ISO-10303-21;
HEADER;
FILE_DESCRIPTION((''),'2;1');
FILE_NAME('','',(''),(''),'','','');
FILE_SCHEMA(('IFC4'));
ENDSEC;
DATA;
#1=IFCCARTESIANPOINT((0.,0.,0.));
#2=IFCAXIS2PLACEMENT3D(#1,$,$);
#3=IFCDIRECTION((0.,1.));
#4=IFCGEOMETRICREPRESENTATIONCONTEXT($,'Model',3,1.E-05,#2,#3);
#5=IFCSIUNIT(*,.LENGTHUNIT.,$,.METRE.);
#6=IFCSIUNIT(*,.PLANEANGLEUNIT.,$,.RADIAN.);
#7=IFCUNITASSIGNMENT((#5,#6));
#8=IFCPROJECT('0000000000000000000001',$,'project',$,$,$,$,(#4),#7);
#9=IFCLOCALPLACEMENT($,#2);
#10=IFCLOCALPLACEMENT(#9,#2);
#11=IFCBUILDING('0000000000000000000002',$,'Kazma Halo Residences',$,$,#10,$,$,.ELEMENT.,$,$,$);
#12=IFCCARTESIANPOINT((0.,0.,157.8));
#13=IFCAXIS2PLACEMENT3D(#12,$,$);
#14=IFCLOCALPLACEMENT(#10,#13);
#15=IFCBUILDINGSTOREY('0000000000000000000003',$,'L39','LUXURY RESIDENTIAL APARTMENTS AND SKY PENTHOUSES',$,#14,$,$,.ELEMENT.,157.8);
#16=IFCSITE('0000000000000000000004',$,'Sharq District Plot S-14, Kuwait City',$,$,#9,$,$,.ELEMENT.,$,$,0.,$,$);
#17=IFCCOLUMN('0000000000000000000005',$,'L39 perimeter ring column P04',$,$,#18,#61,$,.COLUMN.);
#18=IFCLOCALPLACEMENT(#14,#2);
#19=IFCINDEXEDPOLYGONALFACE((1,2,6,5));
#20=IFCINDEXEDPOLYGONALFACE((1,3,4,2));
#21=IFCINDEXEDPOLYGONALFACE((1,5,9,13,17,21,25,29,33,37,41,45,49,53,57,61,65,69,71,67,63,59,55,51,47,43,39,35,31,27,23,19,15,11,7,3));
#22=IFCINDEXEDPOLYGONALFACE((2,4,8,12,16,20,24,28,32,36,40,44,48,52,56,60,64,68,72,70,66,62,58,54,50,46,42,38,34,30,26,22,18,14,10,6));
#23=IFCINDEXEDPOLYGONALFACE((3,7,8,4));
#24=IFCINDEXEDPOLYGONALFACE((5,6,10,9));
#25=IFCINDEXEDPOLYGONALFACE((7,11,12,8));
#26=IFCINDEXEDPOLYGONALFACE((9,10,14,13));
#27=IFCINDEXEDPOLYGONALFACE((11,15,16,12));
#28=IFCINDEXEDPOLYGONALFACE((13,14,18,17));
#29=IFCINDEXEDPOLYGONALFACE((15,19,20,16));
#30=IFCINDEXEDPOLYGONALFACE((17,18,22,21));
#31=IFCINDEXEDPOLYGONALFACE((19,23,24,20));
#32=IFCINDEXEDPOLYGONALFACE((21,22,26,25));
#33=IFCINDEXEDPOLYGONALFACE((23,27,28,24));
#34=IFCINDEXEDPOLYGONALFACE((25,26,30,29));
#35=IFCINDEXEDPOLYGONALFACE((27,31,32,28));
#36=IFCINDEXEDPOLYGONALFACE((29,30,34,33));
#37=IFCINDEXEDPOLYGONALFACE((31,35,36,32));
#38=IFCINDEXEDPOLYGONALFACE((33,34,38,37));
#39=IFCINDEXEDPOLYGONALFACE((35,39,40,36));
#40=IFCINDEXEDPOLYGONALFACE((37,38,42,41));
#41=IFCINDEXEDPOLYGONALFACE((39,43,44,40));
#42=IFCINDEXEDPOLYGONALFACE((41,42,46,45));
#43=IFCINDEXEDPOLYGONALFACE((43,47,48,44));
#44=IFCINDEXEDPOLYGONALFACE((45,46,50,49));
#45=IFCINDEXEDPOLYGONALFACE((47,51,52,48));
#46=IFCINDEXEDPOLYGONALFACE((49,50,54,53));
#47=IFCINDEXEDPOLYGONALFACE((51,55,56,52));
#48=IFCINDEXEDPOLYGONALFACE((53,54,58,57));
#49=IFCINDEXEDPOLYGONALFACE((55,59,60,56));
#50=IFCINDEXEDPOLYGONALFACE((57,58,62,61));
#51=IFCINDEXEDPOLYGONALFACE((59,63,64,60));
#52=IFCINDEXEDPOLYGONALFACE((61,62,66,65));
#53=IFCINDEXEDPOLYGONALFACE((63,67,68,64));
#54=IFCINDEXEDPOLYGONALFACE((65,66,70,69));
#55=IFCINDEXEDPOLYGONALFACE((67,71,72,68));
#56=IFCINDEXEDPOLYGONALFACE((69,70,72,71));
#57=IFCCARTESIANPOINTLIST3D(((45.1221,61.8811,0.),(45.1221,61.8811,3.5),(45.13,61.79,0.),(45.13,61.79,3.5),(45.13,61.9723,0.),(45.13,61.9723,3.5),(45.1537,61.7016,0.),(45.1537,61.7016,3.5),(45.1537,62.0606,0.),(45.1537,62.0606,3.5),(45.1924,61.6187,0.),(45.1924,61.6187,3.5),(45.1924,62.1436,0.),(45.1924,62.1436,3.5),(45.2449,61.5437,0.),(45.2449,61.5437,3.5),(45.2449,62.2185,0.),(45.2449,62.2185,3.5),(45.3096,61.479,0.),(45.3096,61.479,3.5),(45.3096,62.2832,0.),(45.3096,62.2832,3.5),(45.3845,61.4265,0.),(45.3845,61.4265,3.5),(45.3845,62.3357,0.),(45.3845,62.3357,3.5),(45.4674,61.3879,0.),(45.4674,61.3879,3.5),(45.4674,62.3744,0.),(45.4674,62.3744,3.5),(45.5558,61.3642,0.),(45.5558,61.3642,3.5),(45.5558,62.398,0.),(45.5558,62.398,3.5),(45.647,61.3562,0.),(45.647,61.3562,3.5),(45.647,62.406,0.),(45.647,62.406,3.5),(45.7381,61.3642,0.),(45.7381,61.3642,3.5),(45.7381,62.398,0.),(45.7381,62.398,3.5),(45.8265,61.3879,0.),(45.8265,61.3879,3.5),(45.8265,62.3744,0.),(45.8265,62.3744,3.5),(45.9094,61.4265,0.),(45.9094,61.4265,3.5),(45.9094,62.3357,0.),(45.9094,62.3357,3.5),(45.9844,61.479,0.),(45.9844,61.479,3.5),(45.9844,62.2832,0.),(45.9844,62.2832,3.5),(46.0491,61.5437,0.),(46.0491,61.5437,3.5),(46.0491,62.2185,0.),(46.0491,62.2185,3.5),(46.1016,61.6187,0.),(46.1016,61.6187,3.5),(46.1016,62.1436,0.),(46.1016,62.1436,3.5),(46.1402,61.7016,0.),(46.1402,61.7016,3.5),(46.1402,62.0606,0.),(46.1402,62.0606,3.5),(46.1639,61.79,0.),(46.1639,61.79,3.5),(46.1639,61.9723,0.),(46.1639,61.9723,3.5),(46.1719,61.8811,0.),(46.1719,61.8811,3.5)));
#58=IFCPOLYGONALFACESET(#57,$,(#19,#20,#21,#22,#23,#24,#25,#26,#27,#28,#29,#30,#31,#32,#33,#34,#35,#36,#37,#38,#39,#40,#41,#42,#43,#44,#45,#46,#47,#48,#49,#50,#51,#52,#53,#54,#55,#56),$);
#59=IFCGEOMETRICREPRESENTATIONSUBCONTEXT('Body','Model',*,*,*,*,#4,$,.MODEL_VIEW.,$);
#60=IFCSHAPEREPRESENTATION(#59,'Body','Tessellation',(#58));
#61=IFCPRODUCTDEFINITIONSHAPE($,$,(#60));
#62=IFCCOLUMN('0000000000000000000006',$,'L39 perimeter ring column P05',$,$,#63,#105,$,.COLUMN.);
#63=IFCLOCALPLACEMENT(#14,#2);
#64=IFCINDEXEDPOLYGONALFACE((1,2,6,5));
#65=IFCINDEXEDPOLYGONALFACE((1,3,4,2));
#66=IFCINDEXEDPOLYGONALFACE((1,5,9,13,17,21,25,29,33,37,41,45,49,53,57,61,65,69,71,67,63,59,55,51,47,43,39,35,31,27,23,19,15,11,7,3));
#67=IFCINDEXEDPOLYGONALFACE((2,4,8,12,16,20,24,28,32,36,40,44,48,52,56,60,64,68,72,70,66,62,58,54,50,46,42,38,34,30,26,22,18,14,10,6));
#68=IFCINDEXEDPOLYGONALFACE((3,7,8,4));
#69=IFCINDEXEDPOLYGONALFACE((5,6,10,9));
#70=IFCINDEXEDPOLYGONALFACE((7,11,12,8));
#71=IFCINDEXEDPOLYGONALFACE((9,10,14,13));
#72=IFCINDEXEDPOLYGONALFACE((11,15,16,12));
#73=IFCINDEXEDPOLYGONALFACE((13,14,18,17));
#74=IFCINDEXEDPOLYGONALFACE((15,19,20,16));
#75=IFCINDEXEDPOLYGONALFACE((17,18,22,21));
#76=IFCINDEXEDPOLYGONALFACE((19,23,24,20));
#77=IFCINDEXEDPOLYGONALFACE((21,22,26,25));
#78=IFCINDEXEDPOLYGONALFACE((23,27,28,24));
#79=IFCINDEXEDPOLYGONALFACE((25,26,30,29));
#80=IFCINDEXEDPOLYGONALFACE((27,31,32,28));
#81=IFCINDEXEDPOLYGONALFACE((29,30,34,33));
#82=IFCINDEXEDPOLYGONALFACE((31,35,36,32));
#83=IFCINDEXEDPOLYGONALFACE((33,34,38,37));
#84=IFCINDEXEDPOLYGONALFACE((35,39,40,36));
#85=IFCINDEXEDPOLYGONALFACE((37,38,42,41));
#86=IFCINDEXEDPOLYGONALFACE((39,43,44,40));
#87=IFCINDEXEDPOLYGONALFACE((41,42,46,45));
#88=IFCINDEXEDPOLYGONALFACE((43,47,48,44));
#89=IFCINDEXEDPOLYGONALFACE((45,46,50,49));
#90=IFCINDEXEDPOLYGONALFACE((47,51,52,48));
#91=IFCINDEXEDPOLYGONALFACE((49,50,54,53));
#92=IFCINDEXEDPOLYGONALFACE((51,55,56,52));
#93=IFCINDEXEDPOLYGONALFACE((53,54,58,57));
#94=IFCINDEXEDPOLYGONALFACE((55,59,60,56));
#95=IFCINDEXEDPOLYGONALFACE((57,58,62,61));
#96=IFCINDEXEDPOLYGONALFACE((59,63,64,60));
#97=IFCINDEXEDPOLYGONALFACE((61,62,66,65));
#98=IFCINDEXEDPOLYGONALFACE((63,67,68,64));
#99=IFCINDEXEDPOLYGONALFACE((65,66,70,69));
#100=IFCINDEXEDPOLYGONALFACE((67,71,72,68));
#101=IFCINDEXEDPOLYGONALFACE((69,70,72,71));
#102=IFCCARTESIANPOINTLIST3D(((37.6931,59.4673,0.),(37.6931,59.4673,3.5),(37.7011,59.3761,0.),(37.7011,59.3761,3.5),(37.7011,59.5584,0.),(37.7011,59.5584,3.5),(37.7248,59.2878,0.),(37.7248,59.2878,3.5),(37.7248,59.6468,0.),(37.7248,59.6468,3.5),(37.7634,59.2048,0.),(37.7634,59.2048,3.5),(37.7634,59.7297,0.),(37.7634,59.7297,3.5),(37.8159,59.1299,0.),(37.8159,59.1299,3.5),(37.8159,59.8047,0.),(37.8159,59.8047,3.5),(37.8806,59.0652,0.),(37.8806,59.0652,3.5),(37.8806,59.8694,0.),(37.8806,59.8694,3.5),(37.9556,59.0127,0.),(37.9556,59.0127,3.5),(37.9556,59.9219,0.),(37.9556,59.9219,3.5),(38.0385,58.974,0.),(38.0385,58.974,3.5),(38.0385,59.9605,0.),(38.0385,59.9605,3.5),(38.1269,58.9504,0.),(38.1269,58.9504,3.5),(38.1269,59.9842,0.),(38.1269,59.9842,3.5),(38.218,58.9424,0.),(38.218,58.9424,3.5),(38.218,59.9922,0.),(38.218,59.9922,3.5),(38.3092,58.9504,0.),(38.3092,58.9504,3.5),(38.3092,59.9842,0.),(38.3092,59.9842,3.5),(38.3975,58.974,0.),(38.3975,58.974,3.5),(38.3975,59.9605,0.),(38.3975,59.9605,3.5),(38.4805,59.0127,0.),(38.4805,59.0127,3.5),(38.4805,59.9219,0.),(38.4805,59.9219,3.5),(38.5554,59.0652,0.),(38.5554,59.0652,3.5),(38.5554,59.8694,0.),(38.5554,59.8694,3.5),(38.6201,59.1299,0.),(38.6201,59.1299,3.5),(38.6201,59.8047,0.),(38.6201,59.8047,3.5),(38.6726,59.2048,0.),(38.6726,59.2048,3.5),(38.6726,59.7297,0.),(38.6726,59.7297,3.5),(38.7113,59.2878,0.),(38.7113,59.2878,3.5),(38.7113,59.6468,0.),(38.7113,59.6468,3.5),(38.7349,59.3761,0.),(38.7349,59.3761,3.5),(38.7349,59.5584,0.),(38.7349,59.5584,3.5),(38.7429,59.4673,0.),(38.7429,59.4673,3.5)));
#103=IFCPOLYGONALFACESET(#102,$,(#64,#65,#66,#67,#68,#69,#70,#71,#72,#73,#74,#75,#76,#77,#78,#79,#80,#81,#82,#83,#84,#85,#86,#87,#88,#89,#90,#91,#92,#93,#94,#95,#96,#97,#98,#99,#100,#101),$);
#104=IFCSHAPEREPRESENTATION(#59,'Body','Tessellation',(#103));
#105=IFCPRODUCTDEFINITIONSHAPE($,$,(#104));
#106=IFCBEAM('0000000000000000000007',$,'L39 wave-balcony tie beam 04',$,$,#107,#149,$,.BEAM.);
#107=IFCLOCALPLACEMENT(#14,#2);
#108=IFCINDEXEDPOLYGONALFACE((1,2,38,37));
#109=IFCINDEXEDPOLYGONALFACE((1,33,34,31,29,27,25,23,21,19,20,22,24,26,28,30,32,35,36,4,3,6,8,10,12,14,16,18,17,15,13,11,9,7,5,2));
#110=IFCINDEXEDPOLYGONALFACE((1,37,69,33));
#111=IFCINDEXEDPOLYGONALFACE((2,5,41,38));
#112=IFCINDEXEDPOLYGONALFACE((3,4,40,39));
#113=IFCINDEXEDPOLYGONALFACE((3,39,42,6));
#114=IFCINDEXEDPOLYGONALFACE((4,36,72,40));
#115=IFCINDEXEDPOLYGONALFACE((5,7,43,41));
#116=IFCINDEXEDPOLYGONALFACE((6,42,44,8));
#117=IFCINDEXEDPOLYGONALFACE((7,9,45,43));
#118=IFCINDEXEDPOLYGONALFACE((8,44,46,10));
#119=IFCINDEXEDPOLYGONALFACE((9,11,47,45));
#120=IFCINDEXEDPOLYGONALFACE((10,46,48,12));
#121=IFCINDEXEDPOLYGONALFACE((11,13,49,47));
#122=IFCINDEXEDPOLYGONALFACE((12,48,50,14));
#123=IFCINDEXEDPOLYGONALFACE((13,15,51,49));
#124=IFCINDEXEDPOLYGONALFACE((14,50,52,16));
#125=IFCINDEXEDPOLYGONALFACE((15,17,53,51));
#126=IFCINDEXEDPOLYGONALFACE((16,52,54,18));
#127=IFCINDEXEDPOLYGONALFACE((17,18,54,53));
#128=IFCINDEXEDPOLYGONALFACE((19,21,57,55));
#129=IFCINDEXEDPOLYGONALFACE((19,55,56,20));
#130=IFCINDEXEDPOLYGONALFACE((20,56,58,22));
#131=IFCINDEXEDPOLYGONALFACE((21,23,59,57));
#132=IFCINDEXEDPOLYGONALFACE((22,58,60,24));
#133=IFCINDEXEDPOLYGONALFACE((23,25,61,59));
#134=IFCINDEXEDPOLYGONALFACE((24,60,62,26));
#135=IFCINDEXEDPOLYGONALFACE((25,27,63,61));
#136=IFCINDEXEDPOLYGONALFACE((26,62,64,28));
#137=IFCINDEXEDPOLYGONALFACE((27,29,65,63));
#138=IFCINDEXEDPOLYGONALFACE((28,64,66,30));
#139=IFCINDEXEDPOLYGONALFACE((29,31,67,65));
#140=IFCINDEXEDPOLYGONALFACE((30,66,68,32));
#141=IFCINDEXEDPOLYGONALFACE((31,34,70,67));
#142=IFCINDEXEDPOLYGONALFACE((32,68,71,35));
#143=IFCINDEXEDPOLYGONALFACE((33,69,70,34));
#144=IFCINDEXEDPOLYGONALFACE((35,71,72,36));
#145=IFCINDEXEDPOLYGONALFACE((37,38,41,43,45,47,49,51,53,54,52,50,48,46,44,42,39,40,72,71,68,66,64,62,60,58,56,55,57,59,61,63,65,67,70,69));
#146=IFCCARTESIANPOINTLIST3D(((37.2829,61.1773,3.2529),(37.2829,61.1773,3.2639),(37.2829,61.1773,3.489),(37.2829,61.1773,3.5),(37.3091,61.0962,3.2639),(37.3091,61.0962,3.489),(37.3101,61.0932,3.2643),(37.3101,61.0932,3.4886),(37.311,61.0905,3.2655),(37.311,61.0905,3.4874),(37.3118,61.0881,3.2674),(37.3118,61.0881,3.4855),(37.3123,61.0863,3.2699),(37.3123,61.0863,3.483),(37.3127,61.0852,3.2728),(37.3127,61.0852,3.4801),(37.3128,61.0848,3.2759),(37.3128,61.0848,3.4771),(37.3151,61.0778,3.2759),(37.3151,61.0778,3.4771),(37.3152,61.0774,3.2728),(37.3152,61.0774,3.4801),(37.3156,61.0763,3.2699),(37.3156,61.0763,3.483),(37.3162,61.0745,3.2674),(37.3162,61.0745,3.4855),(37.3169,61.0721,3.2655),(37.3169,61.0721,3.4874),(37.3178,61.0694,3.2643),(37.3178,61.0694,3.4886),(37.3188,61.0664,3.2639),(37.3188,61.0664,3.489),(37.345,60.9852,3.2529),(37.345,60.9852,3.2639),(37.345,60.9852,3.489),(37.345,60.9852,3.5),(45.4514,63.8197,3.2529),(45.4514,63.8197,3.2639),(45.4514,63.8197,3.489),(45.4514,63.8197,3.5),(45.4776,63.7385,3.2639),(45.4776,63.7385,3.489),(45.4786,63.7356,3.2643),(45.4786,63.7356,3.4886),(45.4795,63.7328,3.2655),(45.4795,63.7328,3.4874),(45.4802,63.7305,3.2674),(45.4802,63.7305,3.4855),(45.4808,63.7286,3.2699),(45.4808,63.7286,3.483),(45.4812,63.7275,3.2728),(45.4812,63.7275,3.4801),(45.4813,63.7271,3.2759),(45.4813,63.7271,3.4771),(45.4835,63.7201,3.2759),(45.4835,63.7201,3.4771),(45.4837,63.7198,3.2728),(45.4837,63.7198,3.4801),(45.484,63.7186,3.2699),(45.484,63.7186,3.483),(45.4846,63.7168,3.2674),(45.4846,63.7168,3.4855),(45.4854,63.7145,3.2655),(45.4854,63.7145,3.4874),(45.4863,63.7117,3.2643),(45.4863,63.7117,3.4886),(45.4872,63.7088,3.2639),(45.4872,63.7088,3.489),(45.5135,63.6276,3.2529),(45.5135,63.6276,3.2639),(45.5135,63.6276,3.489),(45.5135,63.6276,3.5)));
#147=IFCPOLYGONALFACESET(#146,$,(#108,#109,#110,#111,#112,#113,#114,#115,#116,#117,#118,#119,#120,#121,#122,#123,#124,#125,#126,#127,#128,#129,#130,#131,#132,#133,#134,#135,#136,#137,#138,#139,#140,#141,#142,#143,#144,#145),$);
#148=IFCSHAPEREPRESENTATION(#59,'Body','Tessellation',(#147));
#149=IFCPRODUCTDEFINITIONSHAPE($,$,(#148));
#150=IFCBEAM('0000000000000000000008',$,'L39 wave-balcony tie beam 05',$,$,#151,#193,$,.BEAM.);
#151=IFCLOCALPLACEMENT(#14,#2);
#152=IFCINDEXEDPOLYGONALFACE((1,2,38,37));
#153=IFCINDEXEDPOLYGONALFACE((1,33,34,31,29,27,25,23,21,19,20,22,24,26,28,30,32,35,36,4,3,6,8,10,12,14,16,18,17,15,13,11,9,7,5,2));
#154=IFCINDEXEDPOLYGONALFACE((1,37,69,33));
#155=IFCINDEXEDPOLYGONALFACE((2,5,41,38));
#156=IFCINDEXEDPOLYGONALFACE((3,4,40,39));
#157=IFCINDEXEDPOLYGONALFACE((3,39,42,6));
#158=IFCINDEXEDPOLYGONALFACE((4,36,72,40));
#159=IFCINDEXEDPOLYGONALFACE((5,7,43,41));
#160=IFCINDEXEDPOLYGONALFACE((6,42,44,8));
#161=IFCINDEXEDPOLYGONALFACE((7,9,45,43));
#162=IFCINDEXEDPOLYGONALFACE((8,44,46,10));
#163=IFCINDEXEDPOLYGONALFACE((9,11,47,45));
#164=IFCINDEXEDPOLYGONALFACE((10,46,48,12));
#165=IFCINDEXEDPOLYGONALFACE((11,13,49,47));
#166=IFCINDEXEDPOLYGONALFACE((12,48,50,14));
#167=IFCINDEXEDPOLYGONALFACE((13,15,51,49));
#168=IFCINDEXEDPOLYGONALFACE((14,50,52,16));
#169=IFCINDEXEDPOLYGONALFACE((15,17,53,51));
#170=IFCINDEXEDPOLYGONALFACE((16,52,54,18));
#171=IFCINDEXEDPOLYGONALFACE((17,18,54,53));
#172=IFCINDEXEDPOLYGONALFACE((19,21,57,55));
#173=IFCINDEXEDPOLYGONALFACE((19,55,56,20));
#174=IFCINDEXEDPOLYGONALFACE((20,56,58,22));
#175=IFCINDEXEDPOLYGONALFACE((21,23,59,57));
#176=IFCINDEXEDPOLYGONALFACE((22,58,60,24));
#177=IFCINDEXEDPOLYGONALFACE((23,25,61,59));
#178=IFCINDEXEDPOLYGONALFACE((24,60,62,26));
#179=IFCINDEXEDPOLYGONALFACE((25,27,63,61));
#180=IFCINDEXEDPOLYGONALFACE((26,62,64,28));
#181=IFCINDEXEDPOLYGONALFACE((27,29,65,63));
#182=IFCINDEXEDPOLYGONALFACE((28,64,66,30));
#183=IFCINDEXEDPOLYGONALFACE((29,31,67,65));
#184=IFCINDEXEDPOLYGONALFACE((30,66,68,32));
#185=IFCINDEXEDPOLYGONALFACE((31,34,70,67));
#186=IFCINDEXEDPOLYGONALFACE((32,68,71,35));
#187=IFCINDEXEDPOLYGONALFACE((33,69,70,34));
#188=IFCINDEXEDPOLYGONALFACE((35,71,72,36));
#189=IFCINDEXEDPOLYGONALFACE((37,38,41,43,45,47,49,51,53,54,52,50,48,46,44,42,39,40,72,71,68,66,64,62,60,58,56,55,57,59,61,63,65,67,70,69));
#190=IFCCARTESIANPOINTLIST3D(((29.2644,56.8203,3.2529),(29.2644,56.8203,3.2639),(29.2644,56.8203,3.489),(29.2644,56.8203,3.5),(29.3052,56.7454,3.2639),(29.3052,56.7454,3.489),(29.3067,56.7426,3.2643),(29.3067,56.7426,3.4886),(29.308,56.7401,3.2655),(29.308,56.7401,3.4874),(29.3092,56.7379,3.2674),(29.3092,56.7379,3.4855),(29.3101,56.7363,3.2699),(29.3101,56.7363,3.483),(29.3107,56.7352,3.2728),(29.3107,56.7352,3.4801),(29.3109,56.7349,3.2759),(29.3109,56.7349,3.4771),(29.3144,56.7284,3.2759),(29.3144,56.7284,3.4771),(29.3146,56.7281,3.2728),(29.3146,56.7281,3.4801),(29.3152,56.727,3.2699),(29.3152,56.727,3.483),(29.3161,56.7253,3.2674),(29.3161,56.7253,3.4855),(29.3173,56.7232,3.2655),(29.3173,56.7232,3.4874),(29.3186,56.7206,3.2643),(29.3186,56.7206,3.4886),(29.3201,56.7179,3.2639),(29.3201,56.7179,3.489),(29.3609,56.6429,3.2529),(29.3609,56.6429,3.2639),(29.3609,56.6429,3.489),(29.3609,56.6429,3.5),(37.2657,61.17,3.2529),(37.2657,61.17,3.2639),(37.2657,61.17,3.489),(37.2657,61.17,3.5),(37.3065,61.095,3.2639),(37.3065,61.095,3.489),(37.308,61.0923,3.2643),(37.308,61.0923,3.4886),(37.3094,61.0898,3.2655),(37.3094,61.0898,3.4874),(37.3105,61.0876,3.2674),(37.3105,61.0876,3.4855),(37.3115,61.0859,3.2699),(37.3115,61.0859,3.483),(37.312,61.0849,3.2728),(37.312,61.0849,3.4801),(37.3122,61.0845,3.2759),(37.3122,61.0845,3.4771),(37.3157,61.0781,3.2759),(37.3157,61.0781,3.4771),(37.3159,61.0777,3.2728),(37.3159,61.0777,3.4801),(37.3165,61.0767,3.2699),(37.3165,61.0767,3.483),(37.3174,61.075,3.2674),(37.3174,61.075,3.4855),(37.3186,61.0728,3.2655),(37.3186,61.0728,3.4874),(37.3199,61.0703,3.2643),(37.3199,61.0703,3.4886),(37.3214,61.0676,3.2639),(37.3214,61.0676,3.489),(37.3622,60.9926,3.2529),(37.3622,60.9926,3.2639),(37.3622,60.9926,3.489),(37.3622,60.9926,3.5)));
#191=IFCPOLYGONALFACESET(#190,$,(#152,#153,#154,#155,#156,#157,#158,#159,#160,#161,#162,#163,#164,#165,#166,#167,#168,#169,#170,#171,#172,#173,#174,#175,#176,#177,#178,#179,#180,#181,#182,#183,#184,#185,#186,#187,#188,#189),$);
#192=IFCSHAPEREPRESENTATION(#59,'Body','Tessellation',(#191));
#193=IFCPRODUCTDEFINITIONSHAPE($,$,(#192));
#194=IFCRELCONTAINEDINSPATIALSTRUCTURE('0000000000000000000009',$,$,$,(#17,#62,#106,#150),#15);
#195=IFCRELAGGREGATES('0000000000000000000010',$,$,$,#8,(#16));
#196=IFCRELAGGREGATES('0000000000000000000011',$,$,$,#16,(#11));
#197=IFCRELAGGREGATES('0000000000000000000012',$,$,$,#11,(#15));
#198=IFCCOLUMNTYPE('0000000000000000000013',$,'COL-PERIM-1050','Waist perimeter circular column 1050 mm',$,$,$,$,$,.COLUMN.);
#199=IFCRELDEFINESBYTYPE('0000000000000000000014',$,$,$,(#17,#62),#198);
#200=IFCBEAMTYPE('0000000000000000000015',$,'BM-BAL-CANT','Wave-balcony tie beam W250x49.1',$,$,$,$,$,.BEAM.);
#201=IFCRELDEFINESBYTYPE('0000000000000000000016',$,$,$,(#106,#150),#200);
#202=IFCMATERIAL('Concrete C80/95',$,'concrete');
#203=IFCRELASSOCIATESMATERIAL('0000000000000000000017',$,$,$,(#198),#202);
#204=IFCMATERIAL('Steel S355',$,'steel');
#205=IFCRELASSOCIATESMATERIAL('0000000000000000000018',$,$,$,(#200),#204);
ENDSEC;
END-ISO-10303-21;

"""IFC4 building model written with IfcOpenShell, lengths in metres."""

from ifc_helpers import new_model, si_unit, direction, frame, origin, origin_2d, place, context, subcontext, project, spatial, circle, i_section, extrude, material, material_profile, profile_set, type_object, element, save


model = new_model("IFC4")

# Units and contexts
model_context = context("Model", 3, precision=1e-05, world=origin(), true_north=direction((0.0, 1.0)))
body_context = subcontext(model_context, "Body", "Model", "MODEL_VIEW")
ifc_project = project(units=[si_unit("LENGTHUNIT", "METRE"), si_unit("PLANEANGLEUNIT", "RADIAN")], contexts=[model_context])

# Site, building, storey
site_placement = place(None, origin())
site = spatial("IfcSite", under=ifc_project, at=site_placement, Name="Sharq District Plot S-14, Kuwait City", CompositionType="ELEMENT", RefElevation=0.0)
building_placement = place(site_placement, origin())
building = spatial("IfcBuilding", under=site, at=building_placement, Name="Kazma Halo Residences", CompositionType="ELEMENT")
storey_placement = place(building_placement, frame((0.0, 0.0, 157.8)))
storey = spatial("IfcBuildingStorey", under=building, at=storey_placement, Name="L39", Description="LUXURY RESIDENTIAL APARTMENTS AND SKY PENTHOUSES", CompositionType="ELEMENT", Elevation=157.8)

# Columns
ifc_material_1 = material(Name="Concrete C80/95", Category="concrete")
ifc_material_profile_1 = material_profile(ifc_material_1, circle(Radius=0.5249, at=origin_2d()), Name="CIRC1050")
ifc_profile_set_1 = profile_set([ifc_material_profile_1], Name="Concrete C80/95")
column_type = type_object("IfcColumnType", Name="COL-PERIM-1050", Description="Waist perimeter circular column 1050 mm", PredefinedType="COLUMN", material=ifc_profile_set_1)
for number, where, z_axis, x_axis, name in (
    (1, (45.647, 61.8811, 0.0), (0.0, 0.0, 1.0), (1.0, 0.0, 0.0), "L39 perimeter ring column P04"),
    (2, (38.218, 59.4673, 0.0), (0.0, 0.0, 1.0), (1.0, 0.0, 0.0), "L39 perimeter ring column P05"),
):
    element("IfcColumn", number, at=place(storey_placement, frame(where, z_axis=z_axis, x_axis=x_axis)), inside=storey, type_object=column_type, Name=name, PredefinedType="COLUMN", context=body_context, shape_type="SweptSolid", body=[
        extrude(circle(Radius=0.5249, at=origin_2d()), origin(), (0.0, 0.0, 1.0), 3.5),
    ])

# Beams
ifc_material_2 = material(Name="Steel S355", Category="steel")
ifc_material_profile_2 = material_profile(ifc_material_2, i_section(OverallWidth=0.2019, OverallDepth=0.2471, WebThickness=0.0073, FlangeThickness=0.011, FilletRadius=0.012, at=origin_2d()), Name="W250x49.1")
ifc_profile_set_2 = profile_set([ifc_material_profile_2], Name="Steel S355")
beam_type_1 = type_object("IfcBeamType", Name="BM-BAL-CANT", Description="Wave-balcony tie beam W250x49.1", PredefinedType="BEAM", material=ifc_profile_set_2)
beam_1_placement = place(storey_placement, frame((45.4824, 63.7236, 3.3765), z_axis=(-0.951458, -0.307778, 0.0), x_axis=(0.307778, -0.951458, 0.0)))
element("IfcBeam", 3, at=beam_1_placement, inside=storey, type_object=beam_type_1, Name="L39 wave-balcony tie beam 04", PredefinedType="BEAM", context=body_context, shape_type="SweptSolid", body=[
    extrude(i_section(OverallWidth=0.2019, OverallDepth=0.2471, WebThickness=0.0073, FlangeThickness=0.011, FilletRadius=0.012, at=origin_2d()), origin(), (0.0, 0.0, 1.0), 8.5852),
])
beam_2_placement = place(storey_placement, frame((37.314, 61.0813, 3.3765), z_axis=(-0.878573, -0.477608, 0.0), x_axis=(0.477608, -0.878573, 0.0)))
element("IfcBeam", 4, at=beam_2_placement, inside=storey, type_object=beam_type_1, Name="L39 wave-balcony tie beam 05", PredefinedType="BEAM", context=body_context, shape_type="SweptSolid", body=[
    extrude(i_section(OverallWidth=0.2019, OverallDepth=0.2471, WebThickness=0.0073, FlangeThickness=0.011, FilletRadius=0.012, at=origin_2d()), origin(), (0.0, 0.0, 1.0), 9.1072),
])

save(model, "model.ifc")
